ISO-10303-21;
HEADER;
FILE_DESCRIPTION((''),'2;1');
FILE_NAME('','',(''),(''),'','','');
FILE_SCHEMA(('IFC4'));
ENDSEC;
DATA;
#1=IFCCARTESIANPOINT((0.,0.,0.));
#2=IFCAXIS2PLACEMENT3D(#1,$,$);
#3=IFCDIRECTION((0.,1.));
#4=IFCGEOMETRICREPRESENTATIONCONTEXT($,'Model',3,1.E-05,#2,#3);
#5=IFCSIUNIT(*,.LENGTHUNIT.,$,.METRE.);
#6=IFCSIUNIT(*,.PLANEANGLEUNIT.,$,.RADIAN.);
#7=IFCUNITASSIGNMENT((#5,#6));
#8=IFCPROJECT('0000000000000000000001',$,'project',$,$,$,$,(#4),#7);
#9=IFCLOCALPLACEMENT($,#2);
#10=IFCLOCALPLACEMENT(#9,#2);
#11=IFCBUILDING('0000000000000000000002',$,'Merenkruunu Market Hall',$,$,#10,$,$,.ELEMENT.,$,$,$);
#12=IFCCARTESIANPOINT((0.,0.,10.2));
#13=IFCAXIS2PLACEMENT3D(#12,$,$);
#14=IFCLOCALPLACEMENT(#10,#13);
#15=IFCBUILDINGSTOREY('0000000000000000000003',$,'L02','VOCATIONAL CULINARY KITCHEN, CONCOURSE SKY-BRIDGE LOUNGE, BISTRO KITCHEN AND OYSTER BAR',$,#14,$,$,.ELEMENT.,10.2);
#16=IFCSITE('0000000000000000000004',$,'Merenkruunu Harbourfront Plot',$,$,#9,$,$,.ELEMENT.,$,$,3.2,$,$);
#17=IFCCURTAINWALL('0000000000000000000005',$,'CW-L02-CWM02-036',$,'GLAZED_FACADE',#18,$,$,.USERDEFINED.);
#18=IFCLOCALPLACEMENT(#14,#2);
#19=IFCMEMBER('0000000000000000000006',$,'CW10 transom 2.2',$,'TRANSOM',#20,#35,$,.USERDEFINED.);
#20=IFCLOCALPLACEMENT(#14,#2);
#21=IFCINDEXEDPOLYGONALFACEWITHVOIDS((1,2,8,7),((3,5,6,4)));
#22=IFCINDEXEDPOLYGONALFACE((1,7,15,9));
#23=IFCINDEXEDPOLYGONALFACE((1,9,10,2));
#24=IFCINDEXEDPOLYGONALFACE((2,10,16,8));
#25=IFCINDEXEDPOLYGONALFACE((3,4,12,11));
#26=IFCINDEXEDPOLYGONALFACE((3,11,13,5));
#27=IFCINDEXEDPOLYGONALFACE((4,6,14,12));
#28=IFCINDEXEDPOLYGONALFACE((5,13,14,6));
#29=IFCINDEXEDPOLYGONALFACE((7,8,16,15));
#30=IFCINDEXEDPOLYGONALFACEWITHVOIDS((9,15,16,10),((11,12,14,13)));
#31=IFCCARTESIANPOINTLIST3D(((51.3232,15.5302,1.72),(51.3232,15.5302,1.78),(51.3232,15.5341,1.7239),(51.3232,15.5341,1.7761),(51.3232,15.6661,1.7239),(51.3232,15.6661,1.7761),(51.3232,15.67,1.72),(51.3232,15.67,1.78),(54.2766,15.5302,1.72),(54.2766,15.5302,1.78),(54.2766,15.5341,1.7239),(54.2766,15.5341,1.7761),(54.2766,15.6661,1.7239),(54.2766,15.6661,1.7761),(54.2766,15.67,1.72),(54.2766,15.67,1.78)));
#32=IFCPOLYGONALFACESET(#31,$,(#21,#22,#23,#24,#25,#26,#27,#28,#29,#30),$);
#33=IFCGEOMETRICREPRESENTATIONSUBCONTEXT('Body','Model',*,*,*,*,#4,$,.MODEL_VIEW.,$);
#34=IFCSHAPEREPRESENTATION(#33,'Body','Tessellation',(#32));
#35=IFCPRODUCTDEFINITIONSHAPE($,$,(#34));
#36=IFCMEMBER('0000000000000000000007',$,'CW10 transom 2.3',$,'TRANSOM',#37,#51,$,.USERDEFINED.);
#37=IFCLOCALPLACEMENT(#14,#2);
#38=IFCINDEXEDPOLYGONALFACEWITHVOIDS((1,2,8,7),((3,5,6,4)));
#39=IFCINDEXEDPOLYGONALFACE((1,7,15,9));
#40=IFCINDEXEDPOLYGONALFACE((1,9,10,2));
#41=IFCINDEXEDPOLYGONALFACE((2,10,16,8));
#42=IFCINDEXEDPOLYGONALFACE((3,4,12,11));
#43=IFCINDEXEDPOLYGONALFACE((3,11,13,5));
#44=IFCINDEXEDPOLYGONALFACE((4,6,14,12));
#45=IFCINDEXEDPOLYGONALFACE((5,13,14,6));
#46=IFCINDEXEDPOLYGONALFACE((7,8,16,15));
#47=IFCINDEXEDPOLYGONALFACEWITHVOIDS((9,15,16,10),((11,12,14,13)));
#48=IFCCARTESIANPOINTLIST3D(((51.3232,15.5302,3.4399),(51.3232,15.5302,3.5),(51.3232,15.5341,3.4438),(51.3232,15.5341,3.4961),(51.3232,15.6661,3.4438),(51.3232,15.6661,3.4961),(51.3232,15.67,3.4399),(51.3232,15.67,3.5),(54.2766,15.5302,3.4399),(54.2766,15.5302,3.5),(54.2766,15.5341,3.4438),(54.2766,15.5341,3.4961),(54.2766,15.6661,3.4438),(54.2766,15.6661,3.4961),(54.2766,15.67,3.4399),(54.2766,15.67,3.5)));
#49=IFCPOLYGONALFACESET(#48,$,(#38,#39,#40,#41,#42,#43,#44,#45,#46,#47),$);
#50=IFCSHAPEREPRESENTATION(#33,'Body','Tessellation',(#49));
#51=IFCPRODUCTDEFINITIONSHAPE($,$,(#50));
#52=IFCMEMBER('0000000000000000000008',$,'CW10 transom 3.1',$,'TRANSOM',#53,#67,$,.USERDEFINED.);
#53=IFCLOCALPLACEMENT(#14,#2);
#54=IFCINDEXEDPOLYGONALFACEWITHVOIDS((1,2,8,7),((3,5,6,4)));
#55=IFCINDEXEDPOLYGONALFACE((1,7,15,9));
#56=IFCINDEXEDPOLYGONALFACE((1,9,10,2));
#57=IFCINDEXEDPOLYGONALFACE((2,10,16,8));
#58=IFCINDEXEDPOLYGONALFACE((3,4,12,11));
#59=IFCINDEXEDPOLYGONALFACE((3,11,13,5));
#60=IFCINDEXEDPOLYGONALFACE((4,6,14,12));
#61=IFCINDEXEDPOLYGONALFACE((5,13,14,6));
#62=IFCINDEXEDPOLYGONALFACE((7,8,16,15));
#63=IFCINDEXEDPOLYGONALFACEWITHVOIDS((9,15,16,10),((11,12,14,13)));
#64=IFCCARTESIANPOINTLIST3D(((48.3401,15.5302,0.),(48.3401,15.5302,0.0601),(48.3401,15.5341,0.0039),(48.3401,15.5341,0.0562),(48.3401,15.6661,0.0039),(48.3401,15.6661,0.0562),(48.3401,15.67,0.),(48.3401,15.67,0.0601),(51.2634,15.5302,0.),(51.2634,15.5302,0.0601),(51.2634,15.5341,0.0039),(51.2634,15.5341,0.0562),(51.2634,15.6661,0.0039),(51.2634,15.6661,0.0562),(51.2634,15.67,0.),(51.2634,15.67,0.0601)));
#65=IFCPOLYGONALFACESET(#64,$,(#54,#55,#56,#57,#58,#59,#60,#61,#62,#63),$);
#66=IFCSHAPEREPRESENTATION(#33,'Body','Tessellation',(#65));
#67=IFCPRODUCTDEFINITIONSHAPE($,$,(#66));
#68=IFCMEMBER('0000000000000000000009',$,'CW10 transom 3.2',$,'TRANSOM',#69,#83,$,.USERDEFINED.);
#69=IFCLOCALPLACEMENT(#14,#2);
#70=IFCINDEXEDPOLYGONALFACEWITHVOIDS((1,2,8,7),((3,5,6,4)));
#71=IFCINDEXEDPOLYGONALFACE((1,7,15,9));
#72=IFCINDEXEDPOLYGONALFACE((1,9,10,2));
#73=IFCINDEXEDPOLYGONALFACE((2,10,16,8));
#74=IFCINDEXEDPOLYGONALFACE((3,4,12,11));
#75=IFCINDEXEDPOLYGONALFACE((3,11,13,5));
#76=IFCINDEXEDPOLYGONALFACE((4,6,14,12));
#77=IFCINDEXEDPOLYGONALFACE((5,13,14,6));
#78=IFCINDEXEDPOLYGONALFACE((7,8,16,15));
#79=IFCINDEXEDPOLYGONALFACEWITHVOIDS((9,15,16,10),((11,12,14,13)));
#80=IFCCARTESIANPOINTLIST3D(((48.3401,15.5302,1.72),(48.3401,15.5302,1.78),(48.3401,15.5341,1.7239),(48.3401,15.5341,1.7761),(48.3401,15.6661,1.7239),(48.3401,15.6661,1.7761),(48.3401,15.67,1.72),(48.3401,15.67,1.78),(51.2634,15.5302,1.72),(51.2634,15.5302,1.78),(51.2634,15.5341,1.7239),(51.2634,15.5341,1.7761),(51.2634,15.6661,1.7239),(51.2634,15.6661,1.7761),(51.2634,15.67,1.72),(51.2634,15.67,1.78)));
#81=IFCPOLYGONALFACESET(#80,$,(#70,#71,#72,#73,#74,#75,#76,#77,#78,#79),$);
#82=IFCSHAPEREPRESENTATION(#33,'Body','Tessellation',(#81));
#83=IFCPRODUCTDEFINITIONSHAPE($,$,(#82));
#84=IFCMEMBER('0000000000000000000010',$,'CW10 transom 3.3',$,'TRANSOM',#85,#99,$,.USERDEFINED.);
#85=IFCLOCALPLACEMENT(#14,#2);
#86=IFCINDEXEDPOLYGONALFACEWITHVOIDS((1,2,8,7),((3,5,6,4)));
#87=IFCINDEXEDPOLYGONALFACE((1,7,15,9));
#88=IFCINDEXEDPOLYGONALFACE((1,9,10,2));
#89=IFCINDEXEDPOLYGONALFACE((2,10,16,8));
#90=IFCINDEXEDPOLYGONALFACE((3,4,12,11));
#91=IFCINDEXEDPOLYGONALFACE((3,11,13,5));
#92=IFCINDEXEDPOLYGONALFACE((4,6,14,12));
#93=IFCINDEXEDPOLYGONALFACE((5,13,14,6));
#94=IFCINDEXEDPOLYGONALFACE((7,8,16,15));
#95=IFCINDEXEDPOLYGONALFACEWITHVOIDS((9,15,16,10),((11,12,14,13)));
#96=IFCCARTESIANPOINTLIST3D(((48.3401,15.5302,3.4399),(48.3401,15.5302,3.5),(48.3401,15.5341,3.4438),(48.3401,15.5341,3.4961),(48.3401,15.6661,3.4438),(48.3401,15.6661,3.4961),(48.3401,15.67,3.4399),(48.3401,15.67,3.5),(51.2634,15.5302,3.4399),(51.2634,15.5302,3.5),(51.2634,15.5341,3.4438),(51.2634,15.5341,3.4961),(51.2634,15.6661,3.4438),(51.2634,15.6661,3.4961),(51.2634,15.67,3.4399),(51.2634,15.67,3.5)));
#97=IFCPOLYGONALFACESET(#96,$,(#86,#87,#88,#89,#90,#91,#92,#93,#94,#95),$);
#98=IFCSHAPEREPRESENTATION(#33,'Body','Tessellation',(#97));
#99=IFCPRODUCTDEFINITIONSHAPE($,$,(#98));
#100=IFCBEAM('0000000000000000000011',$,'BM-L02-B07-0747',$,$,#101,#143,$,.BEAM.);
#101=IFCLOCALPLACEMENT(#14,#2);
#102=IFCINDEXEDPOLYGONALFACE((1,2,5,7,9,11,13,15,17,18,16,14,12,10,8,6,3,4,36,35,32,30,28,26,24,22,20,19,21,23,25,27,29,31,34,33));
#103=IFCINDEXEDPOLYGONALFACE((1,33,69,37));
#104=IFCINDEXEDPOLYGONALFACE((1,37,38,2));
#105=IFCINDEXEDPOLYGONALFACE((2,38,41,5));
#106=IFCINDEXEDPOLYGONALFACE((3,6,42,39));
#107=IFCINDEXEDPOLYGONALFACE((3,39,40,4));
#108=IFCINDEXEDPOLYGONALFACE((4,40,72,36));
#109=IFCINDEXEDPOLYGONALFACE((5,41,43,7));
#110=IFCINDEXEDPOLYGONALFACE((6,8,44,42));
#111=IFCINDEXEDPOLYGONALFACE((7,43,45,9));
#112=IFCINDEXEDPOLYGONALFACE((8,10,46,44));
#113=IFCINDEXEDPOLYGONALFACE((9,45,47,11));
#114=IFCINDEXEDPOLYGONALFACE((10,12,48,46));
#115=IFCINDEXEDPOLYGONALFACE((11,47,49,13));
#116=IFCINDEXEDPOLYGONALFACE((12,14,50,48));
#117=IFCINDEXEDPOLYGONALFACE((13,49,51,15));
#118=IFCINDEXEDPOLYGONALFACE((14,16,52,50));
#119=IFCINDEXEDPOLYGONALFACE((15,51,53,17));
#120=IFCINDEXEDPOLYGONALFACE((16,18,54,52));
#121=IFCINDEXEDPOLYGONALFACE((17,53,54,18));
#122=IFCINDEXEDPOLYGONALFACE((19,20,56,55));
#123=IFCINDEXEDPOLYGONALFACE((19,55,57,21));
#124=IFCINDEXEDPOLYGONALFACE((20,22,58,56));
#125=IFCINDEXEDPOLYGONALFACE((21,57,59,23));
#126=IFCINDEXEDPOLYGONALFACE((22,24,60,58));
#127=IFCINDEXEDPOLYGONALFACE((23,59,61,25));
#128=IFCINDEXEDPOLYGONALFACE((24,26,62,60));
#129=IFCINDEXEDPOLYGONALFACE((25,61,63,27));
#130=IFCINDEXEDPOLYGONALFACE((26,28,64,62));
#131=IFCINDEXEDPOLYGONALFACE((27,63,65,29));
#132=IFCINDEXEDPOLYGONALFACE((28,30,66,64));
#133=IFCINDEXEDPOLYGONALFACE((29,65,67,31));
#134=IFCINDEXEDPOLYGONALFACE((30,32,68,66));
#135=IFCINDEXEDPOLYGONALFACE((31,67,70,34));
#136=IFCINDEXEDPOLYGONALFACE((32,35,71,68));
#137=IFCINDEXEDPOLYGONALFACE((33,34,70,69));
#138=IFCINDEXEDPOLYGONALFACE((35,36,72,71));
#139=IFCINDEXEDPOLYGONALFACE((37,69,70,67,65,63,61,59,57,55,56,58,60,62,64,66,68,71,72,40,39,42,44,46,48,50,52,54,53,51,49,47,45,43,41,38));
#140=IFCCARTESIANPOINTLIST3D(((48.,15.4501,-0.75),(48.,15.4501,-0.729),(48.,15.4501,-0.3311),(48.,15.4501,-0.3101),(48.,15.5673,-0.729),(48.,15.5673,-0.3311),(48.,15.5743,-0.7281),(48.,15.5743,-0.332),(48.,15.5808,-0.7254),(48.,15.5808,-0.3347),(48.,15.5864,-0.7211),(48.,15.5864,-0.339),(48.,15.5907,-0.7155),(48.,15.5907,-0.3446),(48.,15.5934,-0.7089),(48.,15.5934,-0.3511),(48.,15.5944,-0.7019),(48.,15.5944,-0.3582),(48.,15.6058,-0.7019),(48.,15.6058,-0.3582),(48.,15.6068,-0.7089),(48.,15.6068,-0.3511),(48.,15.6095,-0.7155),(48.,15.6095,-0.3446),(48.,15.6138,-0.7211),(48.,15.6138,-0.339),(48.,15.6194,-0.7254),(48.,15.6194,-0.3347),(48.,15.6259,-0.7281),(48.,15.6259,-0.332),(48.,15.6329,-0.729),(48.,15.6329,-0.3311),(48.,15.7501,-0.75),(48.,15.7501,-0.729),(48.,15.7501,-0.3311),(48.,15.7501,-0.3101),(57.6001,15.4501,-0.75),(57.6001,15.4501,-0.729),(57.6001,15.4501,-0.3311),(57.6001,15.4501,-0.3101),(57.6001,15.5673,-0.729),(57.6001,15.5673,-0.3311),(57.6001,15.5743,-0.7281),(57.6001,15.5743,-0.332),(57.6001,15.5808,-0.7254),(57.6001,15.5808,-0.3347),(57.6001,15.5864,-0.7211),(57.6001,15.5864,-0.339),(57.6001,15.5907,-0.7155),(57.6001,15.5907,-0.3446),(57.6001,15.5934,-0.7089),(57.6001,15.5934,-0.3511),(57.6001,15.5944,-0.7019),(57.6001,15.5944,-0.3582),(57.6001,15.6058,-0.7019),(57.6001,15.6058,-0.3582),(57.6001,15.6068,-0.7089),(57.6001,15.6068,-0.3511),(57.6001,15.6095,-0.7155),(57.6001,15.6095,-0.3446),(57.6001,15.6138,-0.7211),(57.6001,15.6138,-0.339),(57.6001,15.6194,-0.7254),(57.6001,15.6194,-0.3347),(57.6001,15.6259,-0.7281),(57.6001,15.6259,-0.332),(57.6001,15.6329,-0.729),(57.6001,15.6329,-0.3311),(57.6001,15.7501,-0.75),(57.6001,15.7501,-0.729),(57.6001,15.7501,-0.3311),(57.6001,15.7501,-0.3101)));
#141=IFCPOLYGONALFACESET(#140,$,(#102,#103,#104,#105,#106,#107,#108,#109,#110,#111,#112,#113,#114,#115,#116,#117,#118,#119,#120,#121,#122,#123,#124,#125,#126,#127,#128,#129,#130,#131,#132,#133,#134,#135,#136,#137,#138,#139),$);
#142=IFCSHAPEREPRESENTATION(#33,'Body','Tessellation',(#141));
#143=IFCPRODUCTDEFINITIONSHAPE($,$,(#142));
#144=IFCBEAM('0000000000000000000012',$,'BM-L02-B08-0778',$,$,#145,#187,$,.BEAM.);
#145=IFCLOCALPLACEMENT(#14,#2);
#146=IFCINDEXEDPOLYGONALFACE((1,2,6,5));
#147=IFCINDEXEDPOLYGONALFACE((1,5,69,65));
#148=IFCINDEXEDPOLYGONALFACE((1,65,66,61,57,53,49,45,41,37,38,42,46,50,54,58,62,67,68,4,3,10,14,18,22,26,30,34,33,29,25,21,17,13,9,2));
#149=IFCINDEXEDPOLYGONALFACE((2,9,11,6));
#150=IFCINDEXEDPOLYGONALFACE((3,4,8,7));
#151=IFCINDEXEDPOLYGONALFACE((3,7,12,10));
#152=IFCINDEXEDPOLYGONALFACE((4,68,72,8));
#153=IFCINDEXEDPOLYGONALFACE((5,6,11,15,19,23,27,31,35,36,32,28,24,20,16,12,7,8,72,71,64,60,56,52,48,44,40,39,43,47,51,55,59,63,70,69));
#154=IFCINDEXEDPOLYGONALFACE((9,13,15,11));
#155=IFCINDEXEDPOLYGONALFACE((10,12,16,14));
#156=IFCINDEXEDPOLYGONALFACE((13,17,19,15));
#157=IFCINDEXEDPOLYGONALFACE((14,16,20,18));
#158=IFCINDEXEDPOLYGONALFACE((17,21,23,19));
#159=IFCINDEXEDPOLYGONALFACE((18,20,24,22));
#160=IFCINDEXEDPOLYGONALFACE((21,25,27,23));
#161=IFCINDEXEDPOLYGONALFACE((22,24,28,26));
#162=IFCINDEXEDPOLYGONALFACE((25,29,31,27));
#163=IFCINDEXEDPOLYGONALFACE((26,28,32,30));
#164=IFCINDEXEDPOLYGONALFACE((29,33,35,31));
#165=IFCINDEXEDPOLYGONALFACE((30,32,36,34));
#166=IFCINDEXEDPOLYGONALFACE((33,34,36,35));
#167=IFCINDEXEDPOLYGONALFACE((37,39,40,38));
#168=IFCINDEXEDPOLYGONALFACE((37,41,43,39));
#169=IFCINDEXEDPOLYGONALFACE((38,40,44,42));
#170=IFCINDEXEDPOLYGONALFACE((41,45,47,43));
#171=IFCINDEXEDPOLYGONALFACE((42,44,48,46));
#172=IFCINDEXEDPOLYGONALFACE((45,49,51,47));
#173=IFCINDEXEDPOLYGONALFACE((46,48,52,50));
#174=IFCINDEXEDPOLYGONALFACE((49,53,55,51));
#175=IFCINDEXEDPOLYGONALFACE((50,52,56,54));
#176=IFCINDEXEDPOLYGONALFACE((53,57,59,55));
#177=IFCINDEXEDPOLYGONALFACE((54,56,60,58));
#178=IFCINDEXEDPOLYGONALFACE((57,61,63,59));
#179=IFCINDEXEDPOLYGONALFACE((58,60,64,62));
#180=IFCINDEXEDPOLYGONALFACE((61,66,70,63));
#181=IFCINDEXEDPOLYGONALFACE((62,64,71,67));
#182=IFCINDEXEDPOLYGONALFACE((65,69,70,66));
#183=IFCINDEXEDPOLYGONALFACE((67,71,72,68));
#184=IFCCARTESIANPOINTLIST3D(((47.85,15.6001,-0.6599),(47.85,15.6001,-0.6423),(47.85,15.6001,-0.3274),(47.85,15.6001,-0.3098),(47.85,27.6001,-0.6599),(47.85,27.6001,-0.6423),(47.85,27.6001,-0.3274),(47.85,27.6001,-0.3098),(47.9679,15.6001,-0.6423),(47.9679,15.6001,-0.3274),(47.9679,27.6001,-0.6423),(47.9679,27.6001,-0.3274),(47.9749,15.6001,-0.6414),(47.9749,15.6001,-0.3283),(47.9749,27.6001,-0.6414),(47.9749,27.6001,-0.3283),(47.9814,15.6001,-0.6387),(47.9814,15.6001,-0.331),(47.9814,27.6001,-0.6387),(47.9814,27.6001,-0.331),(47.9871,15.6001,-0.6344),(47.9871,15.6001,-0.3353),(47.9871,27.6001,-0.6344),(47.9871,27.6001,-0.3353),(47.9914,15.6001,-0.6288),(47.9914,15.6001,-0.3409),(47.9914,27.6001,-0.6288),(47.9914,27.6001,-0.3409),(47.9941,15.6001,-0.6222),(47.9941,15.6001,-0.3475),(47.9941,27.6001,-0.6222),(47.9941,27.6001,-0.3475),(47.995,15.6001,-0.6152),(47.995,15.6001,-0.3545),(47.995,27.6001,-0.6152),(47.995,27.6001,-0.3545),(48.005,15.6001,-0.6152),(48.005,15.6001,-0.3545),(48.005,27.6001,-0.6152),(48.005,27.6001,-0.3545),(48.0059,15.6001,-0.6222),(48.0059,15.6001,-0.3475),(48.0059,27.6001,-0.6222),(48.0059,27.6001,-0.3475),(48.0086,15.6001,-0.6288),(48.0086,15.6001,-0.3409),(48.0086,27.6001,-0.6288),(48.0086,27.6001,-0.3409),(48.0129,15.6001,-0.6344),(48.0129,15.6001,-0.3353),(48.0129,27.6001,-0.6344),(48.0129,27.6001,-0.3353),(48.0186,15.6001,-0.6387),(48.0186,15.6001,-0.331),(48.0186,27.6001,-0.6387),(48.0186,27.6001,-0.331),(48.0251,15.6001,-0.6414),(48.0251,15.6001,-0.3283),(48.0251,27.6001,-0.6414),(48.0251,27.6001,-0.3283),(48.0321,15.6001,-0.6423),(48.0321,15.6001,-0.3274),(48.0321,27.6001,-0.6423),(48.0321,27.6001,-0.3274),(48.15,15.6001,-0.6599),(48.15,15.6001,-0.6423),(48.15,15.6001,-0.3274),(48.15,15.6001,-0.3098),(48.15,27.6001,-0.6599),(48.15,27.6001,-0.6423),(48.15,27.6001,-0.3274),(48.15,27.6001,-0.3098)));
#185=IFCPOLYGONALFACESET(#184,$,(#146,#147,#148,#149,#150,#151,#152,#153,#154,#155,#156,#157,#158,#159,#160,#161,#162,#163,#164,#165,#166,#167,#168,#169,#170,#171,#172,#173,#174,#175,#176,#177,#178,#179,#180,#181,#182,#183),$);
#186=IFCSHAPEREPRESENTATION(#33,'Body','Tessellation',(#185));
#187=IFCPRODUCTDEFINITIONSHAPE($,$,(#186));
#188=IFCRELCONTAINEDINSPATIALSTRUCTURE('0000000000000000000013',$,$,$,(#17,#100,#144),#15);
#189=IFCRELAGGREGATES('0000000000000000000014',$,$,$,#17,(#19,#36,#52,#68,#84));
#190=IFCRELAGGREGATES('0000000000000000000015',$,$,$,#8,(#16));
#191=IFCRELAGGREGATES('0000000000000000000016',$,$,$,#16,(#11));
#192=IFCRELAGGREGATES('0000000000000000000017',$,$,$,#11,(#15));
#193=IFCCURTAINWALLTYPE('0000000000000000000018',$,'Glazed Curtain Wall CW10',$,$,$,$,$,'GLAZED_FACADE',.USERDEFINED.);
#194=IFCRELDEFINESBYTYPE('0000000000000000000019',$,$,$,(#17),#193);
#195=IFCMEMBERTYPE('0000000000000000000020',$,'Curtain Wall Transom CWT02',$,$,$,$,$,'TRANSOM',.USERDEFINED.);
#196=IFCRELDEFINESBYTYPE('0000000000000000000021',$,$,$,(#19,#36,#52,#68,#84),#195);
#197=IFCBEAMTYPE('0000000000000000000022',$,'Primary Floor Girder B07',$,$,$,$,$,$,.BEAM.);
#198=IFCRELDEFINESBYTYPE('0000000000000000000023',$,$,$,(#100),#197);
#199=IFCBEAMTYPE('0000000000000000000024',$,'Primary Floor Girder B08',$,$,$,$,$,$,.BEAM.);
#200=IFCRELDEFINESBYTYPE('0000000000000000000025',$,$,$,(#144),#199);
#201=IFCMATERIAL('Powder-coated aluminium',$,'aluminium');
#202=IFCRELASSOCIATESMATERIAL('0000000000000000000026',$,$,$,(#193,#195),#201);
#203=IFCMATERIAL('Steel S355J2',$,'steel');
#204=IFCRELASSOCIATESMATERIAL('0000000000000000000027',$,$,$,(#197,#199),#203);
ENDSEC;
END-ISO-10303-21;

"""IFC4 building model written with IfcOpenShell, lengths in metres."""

from ifc_helpers import new_model, si_unit, direction, frame, origin, origin_2d, place, context, subcontext, project, spatial, hollow_rectangle, i_section, extrude, material, material_profile, profile_set, type_object, element, aggregate, save


model = new_model("IFC4")

# Units and contexts
model_context = context("Model", 3, precision=1e-05, world=origin(), true_north=direction((0.0, 1.0)))
body_context = subcontext(model_context, "Body", "Model", "MODEL_VIEW")
ifc_project = project(units=[si_unit("LENGTHUNIT", "METRE"), si_unit("PLANEANGLEUNIT", "RADIAN")], contexts=[model_context])

# Site, building, storey
site_placement = place(None, origin())
site = spatial("IfcSite", under=ifc_project, at=site_placement, Name="Merenkruunu Harbourfront Plot", CompositionType="ELEMENT", RefElevation=3.2)
building_placement = place(site_placement, origin())
building = spatial("IfcBuilding", under=site, at=building_placement, Name="Merenkruunu Market Hall", CompositionType="ELEMENT")
storey_placement = place(building_placement, frame((0.0, 0.0, 10.2)))
storey = spatial("IfcBuildingStorey", under=building, at=storey_placement, Name="L02", Description="VOCATIONAL CULINARY KITCHEN, CONCOURSE SKY-BRIDGE LOUNGE, BISTRO KITCHEN AND OYSTER BAR", CompositionType="ELEMENT", Elevation=10.2)

# Shared definitions
ifc_material_1 = material(Name="Steel S355J2", Category="steel")

# Shared definitions
ifc_material_2 = material(Name="Powder-coated aluminium", Category="aluminium")
curtain_wall_type = type_object("IfcCurtainWallType", Name="Glazed Curtain Wall CW10", ElementType="GLAZED_FACADE", PredefinedType="USERDEFINED", material=ifc_material_2)

# Curtain wall
curtain_wall_1_placement = place(storey_placement, origin())
curtain_wall_1 = element("IfcCurtainWall", 1, at=curtain_wall_1_placement, inside=storey, type_object=curtain_wall_type, Name="CW-L02-CWM02-036", ObjectType="GLAZED_FACADE", PredefinedType="USERDEFINED")

# Members
ifc_material_profile_1 = material_profile(ifc_material_2, hollow_rectangle(XDim=0.0601, YDim=0.1399, WallThickness=0.0039, at=origin_2d()), Name="ALU 60x140x4")
ifc_profile_set_1 = profile_set([ifc_material_profile_1], Name="Powder-coated aluminium")
member_type_1 = type_object("IfcMemberType", Name="Curtain Wall Transom CWT02", ElementType="TRANSOM", PredefinedType="USERDEFINED", material=ifc_profile_set_1)
member_1_placement = place(storey_placement, frame((54.2766, 15.6001, 1.75), z_axis=(-1.0, 0.0, 0.0), x_axis=(0.0, 0.0, 1.0)))
member_1 = element("IfcMember", 2, at=member_1_placement, type_object=member_type_1, Name="CW10 transom 2.2", ObjectType="TRANSOM", PredefinedType="USERDEFINED", context=body_context, shape_type="SweptSolid", body=[
    extrude(hollow_rectangle(XDim=0.0601, YDim=0.1399, WallThickness=0.0039, at=origin_2d()), origin(), (0.0, 0.0, 1.0), 2.9534),
])
member_2_placement = place(storey_placement, frame((54.2766, 15.6001, 3.47), z_axis=(-1.0, 0.0, 0.0), x_axis=(0.0, 0.0, 1.0)))
member_2 = element("IfcMember", 3, at=member_2_placement, type_object=member_type_1, Name="CW10 transom 2.3", ObjectType="TRANSOM", PredefinedType="USERDEFINED", context=body_context, shape_type="SweptSolid", body=[
    extrude(hollow_rectangle(XDim=0.0601, YDim=0.1399, WallThickness=0.0039, at=origin_2d()), origin(), (0.0, 0.0, 1.0), 2.9534),
])
member_3_placement = place(storey_placement, frame((51.2634, 15.6001, 0.03), z_axis=(-1.0, 0.0, 0.0), x_axis=(0.0, 0.0, 1.0)))
member_3 = element("IfcMember", 4, at=member_3_placement, type_object=member_type_1, Name="CW10 transom 3.1", ObjectType="TRANSOM", PredefinedType="USERDEFINED", context=body_context, shape_type="SweptSolid", body=[
    extrude(hollow_rectangle(XDim=0.0601, YDim=0.1399, WallThickness=0.0039, at=origin_2d()), origin(), (0.0, 0.0, 1.0), 2.9233),
])
member_4_placement = place(storey_placement, frame((51.2634, 15.6001, 1.75), z_axis=(-1.0, 0.0, 0.0), x_axis=(0.0, 0.0, 1.0)))
member_4 = element("IfcMember", 5, at=member_4_placement, type_object=member_type_1, Name="CW10 transom 3.2", ObjectType="TRANSOM", PredefinedType="USERDEFINED", context=body_context, shape_type="SweptSolid", body=[
    extrude(hollow_rectangle(XDim=0.0601, YDim=0.1399, WallThickness=0.0039, at=origin_2d()), origin(), (0.0, 0.0, 1.0), 2.9233),
])
member_5_placement = place(storey_placement, frame((51.2634, 15.6001, 3.47), z_axis=(-1.0, 0.0, 0.0), x_axis=(0.0, 0.0, 1.0)))
member_5 = element("IfcMember", 6, at=member_5_placement, type_object=member_type_1, Name="CW10 transom 3.3", ObjectType="TRANSOM", PredefinedType="USERDEFINED", context=body_context, shape_type="SweptSolid", body=[
    extrude(hollow_rectangle(XDim=0.0601, YDim=0.1399, WallThickness=0.0039, at=origin_2d()), origin(), (0.0, 0.0, 1.0), 2.9233),
])

# Beams
ifc_material_profile_2 = material_profile(ifc_material_1, i_section(OverallWidth=0.3, OverallDepth=0.4399, WebThickness=0.0115, FlangeThickness=0.021, FilletRadius=0.0271, at=origin_2d()), Name="HEA 450")
ifc_profile_set_2 = profile_set([ifc_material_profile_2], Name="Steel S355J2")
beam_type_1 = type_object("IfcBeamType", Name="Primary Floor Girder B07", PredefinedType="BEAM", material=ifc_profile_set_2)
beam_1_placement = place(storey_placement, frame((48.0, 15.6001, -0.53), z_axis=(1.0, 0.0, 0.0), x_axis=(0.0, 1.0, 0.0)))
element("IfcBeam", 7, at=beam_1_placement, inside=storey, type_object=beam_type_1, Name="BM-L02-B07-0747", PredefinedType="BEAM", context=body_context, shape_type="SweptSolid", body=[
    extrude(i_section(OverallWidth=0.3, OverallDepth=0.4399, WebThickness=0.0115, FlangeThickness=0.021, FilletRadius=0.0271, at=origin_2d()), origin(), (0.0, 0.0, 1.0), 9.6001),
])
ifc_material_profile_3 = material_profile(ifc_material_1, i_section(OverallWidth=0.3, OverallDepth=0.3501, WebThickness=0.01, FlangeThickness=0.0176, FilletRadius=0.0271, at=origin_2d()), Name="HEA 360")
ifc_profile_set_3 = profile_set([ifc_material_profile_3], Name="Steel S355J2")
beam_type_2 = type_object("IfcBeamType", Name="Primary Floor Girder B08", PredefinedType="BEAM", material=ifc_profile_set_3)
beam_2_placement = place(storey_placement, frame((48.0, 15.6001, -0.4849), z_axis=(0.0, 1.0, 0.0), x_axis=(-1.0, 0.0, 0.0)))
element("IfcBeam", 8, at=beam_2_placement, inside=storey, type_object=beam_type_2, Name="BM-L02-B08-0778", PredefinedType="BEAM", context=body_context, shape_type="SweptSolid", body=[
    extrude(i_section(OverallWidth=0.3, OverallDepth=0.3501, WebThickness=0.01, FlangeThickness=0.0176, FilletRadius=0.0271, at=origin_2d()), origin(), (0.0, 0.0, 1.0), 12.0),
])

aggregate(curtain_wall_1, [member_1, member_2, member_3, member_4, member_5])

save(model, "model.ifc")
